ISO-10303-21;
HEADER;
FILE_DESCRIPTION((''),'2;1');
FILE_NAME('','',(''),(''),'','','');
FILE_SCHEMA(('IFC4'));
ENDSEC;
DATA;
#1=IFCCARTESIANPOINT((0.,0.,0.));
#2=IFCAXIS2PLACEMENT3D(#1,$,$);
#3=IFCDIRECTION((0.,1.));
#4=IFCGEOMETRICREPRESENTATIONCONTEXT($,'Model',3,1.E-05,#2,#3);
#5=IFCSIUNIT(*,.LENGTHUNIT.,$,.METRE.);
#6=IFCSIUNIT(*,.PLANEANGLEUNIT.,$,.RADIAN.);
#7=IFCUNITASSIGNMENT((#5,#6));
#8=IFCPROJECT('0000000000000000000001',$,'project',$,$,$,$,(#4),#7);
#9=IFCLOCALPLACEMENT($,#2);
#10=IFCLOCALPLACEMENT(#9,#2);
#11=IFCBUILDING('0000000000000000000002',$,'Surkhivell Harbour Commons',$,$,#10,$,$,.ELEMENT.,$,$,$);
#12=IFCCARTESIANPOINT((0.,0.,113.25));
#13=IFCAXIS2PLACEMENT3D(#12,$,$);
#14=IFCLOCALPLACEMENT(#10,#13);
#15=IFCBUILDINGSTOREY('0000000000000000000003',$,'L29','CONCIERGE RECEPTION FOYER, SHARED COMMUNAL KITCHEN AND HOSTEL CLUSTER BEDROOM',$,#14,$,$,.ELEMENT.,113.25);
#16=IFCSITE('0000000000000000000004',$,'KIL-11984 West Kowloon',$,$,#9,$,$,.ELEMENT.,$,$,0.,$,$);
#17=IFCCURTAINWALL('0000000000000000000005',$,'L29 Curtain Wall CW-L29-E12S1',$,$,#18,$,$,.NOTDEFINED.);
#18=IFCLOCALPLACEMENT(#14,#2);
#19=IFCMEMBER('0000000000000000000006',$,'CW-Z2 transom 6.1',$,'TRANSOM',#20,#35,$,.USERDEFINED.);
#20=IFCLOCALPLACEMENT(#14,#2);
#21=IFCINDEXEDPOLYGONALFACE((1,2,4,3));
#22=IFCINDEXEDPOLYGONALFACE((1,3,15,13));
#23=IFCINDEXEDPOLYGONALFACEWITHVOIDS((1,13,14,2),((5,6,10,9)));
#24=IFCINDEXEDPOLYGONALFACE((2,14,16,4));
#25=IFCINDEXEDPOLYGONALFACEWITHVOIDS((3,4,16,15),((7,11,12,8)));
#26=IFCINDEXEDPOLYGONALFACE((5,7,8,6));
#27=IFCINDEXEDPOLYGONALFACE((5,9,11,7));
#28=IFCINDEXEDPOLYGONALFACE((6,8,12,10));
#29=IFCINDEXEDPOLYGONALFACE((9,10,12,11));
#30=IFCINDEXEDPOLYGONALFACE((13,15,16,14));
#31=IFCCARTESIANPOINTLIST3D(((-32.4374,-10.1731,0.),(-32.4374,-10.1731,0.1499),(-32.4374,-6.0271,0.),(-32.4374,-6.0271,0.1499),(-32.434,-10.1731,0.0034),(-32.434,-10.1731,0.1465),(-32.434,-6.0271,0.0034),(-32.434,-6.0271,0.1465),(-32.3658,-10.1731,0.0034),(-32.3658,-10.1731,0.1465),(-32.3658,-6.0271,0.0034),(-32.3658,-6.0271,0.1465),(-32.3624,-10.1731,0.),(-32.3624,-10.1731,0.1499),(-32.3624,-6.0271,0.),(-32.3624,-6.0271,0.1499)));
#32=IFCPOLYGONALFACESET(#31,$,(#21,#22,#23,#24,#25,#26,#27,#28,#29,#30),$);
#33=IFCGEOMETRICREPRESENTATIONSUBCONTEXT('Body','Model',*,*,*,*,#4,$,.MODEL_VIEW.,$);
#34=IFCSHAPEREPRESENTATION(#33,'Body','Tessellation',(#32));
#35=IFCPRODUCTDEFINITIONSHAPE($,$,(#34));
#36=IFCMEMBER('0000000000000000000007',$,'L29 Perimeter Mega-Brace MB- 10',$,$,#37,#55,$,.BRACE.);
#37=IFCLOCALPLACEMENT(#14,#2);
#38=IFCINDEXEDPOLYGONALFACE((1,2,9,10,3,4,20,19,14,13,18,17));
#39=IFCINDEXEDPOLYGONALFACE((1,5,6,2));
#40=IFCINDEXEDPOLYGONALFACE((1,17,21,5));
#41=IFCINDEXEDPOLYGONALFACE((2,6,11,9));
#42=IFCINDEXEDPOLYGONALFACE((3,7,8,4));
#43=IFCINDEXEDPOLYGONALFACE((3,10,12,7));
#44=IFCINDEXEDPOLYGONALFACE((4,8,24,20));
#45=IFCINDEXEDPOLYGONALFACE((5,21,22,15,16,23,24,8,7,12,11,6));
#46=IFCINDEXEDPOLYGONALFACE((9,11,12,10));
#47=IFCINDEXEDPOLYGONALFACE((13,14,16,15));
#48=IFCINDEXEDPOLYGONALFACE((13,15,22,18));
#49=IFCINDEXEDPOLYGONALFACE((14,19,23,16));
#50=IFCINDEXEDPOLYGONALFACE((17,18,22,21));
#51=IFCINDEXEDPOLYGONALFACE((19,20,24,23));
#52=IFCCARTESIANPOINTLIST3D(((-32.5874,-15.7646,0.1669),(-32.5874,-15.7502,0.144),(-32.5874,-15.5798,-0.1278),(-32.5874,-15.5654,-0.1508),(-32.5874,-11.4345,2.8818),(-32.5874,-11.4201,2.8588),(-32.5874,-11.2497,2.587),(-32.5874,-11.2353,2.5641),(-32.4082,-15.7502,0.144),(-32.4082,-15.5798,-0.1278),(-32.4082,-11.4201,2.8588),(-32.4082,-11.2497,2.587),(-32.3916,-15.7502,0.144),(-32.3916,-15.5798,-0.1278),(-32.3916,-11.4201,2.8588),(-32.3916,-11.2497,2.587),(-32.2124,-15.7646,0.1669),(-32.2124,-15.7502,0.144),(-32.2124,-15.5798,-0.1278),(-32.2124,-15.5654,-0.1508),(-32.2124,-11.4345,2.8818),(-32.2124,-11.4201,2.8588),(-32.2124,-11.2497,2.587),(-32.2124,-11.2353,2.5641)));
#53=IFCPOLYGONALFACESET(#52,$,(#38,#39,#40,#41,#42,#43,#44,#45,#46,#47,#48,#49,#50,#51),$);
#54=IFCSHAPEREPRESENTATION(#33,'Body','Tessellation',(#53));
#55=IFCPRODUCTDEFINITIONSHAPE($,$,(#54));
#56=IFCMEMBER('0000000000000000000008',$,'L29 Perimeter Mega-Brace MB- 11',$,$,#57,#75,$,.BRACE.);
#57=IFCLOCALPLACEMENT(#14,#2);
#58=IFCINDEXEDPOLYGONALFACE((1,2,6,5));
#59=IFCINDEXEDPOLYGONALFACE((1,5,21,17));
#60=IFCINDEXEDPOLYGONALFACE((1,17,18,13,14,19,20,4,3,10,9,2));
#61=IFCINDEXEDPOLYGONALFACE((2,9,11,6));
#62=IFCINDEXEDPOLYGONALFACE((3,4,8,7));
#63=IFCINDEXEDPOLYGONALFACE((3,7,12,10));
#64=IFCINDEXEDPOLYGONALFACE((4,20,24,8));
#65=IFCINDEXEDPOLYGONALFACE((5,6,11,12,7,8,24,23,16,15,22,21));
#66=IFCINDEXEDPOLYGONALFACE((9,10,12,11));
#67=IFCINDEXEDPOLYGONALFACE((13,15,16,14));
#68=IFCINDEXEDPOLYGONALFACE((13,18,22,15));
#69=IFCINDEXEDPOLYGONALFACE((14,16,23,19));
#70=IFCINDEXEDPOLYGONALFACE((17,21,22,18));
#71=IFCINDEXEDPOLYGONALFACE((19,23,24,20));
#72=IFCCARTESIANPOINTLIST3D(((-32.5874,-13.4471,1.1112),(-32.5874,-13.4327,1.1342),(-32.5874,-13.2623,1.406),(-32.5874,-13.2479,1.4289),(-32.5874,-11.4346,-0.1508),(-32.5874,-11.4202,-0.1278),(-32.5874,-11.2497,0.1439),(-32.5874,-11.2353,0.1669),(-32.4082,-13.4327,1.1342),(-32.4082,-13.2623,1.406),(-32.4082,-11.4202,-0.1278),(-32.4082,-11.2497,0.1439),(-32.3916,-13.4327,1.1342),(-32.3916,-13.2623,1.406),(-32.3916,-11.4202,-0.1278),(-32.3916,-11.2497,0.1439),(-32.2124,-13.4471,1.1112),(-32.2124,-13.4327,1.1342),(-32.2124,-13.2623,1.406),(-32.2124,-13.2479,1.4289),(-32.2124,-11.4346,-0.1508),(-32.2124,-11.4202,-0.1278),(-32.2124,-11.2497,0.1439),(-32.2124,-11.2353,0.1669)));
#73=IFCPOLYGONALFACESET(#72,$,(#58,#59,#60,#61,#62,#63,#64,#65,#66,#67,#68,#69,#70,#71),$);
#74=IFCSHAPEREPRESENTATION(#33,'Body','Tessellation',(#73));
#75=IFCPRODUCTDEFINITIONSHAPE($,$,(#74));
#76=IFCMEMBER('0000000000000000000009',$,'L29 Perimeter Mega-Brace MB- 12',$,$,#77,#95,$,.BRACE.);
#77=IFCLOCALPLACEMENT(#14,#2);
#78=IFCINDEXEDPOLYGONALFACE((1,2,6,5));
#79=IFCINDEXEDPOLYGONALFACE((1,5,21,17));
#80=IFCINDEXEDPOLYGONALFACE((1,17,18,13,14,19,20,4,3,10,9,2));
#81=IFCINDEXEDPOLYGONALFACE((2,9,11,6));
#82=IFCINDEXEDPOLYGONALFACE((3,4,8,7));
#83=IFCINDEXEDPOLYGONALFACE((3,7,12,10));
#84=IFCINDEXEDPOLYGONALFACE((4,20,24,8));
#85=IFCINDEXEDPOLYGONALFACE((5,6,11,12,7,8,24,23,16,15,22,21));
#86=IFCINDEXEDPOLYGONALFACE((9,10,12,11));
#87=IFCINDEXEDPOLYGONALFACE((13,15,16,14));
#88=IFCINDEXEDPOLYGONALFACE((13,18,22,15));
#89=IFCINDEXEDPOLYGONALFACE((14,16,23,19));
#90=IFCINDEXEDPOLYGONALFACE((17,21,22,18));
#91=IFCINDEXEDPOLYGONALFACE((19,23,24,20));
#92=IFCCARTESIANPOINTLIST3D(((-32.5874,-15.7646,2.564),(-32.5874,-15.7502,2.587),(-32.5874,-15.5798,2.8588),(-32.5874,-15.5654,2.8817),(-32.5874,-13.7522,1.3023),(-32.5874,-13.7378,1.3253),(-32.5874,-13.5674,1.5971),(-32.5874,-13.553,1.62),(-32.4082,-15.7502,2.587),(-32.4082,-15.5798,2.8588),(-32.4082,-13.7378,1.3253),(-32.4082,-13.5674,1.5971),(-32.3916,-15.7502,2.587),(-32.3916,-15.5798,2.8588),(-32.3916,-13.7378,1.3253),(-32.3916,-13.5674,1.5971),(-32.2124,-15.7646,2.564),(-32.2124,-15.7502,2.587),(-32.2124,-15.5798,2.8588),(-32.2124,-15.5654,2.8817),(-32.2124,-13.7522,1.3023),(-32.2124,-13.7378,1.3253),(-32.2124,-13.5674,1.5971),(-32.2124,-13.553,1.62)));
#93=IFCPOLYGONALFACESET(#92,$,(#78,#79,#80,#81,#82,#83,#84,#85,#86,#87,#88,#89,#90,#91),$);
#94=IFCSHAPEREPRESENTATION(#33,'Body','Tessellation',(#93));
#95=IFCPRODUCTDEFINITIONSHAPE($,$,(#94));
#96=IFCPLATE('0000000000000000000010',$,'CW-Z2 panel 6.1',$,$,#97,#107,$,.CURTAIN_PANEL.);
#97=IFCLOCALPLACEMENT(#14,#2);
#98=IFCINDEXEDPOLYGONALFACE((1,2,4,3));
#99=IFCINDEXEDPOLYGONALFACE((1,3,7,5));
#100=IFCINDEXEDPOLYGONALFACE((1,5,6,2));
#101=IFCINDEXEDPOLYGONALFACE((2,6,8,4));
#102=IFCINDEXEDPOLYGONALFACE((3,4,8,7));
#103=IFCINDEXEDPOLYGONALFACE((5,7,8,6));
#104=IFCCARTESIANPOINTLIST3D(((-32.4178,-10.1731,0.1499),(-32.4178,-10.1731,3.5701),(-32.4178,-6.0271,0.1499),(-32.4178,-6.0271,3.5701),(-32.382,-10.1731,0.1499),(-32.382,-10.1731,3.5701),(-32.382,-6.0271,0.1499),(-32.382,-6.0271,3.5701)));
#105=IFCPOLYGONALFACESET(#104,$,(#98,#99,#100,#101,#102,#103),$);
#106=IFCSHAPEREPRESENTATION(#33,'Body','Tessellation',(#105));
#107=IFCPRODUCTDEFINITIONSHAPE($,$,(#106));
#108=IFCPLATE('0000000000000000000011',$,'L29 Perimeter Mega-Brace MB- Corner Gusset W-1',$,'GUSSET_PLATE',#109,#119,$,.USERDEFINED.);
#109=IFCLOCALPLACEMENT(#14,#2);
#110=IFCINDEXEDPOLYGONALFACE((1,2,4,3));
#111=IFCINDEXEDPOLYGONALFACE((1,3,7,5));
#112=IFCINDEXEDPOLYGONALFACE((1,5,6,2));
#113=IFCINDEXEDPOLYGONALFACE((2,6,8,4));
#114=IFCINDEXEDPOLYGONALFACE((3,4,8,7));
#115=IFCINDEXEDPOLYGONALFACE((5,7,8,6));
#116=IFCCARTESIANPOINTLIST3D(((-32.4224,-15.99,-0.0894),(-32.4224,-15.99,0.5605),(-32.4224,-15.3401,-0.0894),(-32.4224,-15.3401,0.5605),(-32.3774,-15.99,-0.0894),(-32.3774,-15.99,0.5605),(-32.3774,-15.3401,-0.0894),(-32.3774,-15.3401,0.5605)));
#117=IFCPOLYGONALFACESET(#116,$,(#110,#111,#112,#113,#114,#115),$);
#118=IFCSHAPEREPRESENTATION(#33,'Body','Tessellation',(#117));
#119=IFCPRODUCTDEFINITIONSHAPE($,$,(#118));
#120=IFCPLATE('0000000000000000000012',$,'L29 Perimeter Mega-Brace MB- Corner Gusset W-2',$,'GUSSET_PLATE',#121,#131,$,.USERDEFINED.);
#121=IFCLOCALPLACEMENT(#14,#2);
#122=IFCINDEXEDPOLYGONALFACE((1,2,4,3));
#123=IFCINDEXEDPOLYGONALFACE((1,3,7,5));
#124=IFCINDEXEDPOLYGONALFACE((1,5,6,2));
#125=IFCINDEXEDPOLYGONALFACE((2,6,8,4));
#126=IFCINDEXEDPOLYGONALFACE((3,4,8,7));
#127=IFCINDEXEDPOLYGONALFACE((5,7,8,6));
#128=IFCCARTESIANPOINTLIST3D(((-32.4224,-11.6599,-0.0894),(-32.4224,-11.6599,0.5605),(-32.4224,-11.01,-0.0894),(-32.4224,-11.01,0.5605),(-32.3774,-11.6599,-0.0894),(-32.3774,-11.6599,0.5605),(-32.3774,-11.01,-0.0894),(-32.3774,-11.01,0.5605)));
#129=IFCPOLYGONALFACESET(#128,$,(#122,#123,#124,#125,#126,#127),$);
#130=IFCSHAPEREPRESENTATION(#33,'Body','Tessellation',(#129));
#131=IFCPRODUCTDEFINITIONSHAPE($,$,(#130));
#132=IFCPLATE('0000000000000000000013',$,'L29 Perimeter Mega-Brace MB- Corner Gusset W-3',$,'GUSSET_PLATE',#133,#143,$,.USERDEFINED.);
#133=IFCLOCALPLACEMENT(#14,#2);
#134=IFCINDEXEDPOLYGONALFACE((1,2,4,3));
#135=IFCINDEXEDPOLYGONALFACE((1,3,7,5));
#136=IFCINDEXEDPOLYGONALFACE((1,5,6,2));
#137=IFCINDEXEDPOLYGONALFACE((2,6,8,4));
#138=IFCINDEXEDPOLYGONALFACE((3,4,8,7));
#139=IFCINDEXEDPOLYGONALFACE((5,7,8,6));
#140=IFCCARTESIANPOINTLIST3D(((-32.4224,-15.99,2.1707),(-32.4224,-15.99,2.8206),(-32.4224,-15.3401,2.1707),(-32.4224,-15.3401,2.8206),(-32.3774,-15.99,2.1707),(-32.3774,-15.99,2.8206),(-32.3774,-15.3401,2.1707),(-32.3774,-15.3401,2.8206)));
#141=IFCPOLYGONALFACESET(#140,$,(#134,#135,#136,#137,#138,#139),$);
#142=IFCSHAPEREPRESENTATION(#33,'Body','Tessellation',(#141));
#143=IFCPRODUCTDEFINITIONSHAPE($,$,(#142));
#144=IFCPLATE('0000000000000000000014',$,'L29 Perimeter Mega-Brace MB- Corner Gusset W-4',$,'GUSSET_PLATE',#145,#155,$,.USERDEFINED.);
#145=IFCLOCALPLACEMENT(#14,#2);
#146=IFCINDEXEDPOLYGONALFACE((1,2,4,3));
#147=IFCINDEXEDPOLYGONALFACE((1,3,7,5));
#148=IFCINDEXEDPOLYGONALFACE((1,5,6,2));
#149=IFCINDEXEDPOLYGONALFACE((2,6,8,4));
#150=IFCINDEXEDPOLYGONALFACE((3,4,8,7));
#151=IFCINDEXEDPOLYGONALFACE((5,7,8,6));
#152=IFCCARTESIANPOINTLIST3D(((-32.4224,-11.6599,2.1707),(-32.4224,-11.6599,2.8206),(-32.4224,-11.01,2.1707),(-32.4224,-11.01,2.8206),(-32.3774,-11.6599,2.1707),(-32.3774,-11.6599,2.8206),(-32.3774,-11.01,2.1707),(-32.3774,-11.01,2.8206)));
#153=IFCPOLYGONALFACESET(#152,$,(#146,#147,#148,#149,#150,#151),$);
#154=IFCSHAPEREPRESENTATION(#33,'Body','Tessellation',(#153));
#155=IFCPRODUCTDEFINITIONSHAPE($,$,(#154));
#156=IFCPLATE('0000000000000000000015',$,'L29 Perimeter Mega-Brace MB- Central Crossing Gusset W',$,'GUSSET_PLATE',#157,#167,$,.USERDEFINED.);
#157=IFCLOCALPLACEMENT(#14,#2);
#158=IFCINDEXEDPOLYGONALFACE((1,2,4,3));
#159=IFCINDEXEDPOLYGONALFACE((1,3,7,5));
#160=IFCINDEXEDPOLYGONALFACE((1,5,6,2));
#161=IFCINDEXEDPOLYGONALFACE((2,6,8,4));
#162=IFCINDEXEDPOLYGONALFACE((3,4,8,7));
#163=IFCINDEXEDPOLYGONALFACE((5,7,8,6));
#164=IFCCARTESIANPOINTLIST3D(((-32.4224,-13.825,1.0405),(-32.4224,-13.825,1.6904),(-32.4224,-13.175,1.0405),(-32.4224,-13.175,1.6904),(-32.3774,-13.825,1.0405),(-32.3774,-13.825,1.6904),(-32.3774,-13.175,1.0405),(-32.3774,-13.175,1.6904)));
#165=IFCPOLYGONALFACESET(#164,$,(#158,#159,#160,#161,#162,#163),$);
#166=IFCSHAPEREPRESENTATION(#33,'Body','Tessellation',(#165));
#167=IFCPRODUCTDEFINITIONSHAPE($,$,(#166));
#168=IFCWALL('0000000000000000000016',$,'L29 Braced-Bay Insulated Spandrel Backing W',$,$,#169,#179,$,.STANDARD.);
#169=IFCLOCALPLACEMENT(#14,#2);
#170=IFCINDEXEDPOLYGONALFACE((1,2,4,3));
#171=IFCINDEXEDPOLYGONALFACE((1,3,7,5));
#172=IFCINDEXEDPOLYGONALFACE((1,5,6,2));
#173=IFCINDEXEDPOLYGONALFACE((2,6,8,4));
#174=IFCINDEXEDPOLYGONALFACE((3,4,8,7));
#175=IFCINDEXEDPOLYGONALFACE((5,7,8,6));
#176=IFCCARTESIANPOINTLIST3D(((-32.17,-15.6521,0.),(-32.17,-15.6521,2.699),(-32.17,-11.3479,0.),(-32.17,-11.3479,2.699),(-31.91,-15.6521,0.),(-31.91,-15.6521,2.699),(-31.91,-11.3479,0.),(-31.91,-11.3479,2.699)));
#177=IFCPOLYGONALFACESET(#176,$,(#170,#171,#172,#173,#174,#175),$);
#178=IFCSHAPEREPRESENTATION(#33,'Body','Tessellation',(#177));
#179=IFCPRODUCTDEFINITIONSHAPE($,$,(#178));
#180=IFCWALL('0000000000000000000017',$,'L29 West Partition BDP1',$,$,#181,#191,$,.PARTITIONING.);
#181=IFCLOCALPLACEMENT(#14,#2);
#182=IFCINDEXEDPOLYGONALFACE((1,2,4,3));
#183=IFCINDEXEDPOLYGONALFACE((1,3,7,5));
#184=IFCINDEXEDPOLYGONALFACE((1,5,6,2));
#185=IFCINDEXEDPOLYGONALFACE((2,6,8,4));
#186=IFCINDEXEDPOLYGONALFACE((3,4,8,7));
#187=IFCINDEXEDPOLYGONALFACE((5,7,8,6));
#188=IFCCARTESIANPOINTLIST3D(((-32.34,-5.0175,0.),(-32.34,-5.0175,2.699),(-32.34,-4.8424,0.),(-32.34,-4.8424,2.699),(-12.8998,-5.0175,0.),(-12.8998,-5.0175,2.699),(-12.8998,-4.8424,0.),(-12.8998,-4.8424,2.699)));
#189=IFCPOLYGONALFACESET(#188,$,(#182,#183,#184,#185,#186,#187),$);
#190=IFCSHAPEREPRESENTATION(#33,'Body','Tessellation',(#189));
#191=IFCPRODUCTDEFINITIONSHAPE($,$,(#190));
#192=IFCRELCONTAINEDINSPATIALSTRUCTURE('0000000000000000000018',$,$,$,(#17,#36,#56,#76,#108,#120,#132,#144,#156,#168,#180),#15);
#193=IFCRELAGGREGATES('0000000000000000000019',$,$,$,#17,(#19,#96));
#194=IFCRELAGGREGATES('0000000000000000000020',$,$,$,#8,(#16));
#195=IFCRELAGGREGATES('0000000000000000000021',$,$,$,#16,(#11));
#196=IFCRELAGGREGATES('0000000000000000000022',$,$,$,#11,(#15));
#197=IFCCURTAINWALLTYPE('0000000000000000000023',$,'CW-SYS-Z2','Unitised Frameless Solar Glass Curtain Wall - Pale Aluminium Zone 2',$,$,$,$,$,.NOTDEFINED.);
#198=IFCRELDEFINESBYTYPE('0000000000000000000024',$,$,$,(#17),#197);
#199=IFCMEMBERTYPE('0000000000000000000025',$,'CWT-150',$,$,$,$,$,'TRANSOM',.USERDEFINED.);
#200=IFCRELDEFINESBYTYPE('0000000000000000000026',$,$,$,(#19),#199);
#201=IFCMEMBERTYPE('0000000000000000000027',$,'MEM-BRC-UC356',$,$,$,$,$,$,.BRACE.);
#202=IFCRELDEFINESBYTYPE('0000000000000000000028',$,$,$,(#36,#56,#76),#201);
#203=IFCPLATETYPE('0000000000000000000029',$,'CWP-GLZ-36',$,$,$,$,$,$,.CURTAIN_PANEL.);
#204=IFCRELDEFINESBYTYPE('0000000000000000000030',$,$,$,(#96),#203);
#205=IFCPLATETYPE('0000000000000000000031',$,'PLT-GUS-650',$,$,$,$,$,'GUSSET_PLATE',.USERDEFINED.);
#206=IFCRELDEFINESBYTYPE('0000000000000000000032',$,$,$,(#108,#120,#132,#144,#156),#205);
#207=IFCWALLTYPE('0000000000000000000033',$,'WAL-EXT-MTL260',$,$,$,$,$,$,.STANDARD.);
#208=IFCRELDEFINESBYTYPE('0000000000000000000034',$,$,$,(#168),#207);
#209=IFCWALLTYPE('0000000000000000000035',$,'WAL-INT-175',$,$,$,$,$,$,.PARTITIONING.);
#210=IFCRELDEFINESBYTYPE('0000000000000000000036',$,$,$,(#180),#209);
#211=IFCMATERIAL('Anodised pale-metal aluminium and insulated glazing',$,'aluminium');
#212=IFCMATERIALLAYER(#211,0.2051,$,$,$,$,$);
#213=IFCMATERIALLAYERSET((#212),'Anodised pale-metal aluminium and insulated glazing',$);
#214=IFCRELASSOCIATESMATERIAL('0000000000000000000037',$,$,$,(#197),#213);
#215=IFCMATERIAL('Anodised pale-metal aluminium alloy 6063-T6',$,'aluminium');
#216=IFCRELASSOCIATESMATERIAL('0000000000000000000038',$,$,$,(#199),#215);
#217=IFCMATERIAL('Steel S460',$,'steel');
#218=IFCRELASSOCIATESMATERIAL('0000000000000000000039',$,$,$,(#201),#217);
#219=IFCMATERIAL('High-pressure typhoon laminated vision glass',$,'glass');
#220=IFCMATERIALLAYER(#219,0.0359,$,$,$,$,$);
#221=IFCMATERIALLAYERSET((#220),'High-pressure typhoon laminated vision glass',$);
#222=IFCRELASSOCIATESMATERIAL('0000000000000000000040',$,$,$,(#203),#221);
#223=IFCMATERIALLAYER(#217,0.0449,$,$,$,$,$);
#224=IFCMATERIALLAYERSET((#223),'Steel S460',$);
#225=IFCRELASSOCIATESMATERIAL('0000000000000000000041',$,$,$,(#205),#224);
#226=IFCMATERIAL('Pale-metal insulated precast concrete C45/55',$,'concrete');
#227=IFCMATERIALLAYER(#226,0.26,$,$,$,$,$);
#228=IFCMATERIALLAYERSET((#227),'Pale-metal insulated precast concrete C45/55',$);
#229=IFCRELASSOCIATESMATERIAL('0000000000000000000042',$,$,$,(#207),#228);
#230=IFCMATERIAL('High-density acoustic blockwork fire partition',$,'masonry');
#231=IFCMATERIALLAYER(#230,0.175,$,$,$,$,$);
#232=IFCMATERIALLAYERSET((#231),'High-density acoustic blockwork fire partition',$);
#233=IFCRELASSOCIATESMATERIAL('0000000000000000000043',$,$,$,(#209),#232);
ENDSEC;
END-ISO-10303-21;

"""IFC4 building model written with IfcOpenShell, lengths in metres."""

from ifc_helpers import new_model, si_unit, direction, frame, frame_2d, origin, origin_2d, place, context, subcontext, project, spatial, rectangle, hollow_rectangle, i_section, extrude, material, layer, layer_set, material_profile, profile_set, type_object, element, aggregate, save


model = new_model("IFC4")

# Units and contexts
model_context = context("Model", 3, precision=1e-05, world=origin(), true_north=direction((0.0, 1.0)))
body_context = subcontext(model_context, "Body", "Model", "MODEL_VIEW")
ifc_project = project(units=[si_unit("LENGTHUNIT", "METRE"), si_unit("PLANEANGLEUNIT", "RADIAN")], contexts=[model_context])

# Site, building, storey
site_placement = place(None, origin())
site = spatial("IfcSite", under=ifc_project, at=site_placement, Name="KIL-11984 West Kowloon", CompositionType="ELEMENT", RefElevation=0.0)
building_placement = place(site_placement, origin())
building = spatial("IfcBuilding", under=site, at=building_placement, Name="Surkhivell Harbour Commons", CompositionType="ELEMENT")
storey_placement = place(building_placement, frame((0.0, 0.0, 113.25)))
storey = spatial("IfcBuildingStorey", under=building, at=storey_placement, Name="L29", Description="CONCIERGE RECEPTION FOYER, SHARED COMMUNAL KITCHEN AND HOSTEL CLUSTER BEDROOM", CompositionType="ELEMENT", Elevation=113.25)

# Shared definitions
ifc_material_1 = material(Name="Steel S460", Category="steel")

# Curtain wall, member
ifc_material_2 = material(Name="Anodised pale-metal aluminium and insulated glazing", Category="aluminium")
ifc_layer_1 = layer(ifc_material_2, 0.2051)
ifc_layer_set_1 = layer_set([ifc_layer_1], Name="Anodised pale-metal aluminium and insulated glazing")
curtain_wall_type = type_object("IfcCurtainWallType", Name="CW-SYS-Z2", Description="Unitised Frameless Solar Glass Curtain Wall - Pale Aluminium Zone 2", PredefinedType="NOTDEFINED", material=ifc_layer_set_1)
curtain_wall_placement = place(storey_placement, origin())
curtain_wall = element("IfcCurtainWall", 1, at=curtain_wall_placement, inside=storey, type_object=curtain_wall_type, Name="L29 Curtain Wall CW-L29-E12S1", PredefinedType="NOTDEFINED")
ifc_material_3 = material(Name="Anodised pale-metal aluminium alloy 6063-T6", Category="aluminium")
ifc_material_profile_1 = material_profile(ifc_material_3, hollow_rectangle(XDim=0.075, YDim=0.1499, WallThickness=0.0034, at=origin_2d()), Name="ALU-TRAN-75x150")
ifc_profile_set_1 = profile_set([ifc_material_profile_1], Name="Anodised pale-metal aluminium alloy 6063-T6")
member_type_1 = type_object("IfcMemberType", Name="CWT-150", ElementType="TRANSOM", PredefinedType="USERDEFINED", material=ifc_profile_set_1)
member_1_placement = place(storey_placement, frame((-32.3999, -6.0271, 0.075), z_axis=(0.0, -1.0, 0.0), x_axis=(1.0, 0.0, 0.0)))
member_1 = element("IfcMember", 2, at=member_1_placement, type_object=member_type_1, Name="CW-Z2 transom 6.1", ObjectType="TRANSOM", PredefinedType="USERDEFINED", context=body_context, shape_type="SweptSolid", body=[
    extrude(hollow_rectangle(XDim=0.075, YDim=0.1499, WallThickness=0.0034, at=origin_2d()), origin(), (0.0, 0.0, 1.0), 4.146),
])

# Members
ifc_material_profile_2 = material_profile(ifc_material_1, i_section(OverallWidth=0.375, OverallDepth=0.375, WebThickness=0.0166, FlangeThickness=0.0271, at=origin_2d()), Name="UC356x368x202")
ifc_profile_set_2 = profile_set([ifc_material_profile_2], Name="Steel S460")
member_type_2 = type_object("IfcMemberType", Name="MEM-BRC-UC356", PredefinedType="BRACE", material=ifc_profile_set_2)
member_2_placement = place(storey_placement, frame((-32.3999, -15.665, 0.0081), z_axis=(0.0, 0.847246, 0.531201), x_axis=(-1.0, 0.0, 0.0)))
element("IfcMember", 3, at=member_2_placement, inside=storey, type_object=member_type_2, Name="L29 Perimeter Mega-Brace MB- 10", PredefinedType="BRACE", context=body_context, shape_type="SweptSolid", body=[
    extrude(i_section(OverallWidth=0.375, OverallDepth=0.375, WebThickness=0.0166, FlangeThickness=0.0271, at=origin_2d()), origin(), (0.0, 0.0, 1.0), 5.1108),
])
member_3_placement = place(storey_placement, frame((-32.3999, -11.335, 0.0081), z_axis=(0.0, -0.847206, 0.531264), x_axis=(1.0, 0.0, 0.0)))
element("IfcMember", 4, at=member_3_placement, inside=storey, type_object=member_type_2, Name="L29 Perimeter Mega-Brace MB- 11", PredefinedType="BRACE", context=body_context, shape_type="SweptSolid", body=[
    extrude(i_section(OverallWidth=0.375, OverallDepth=0.375, WebThickness=0.0166, FlangeThickness=0.0271, at=origin_2d()), origin(), (0.0, 0.0, 1.0), 2.3755),
])
member_4_placement = place(storey_placement, frame((-32.3999, -13.6526, 1.4612), z_axis=(0.0, -0.847253, 0.53119), x_axis=(1.0, 0.0, 0.0)))
element("IfcMember", 5, at=member_4_placement, inside=storey, type_object=member_type_2, Name="L29 Perimeter Mega-Brace MB- 12", PredefinedType="BRACE", context=body_context, shape_type="SweptSolid", body=[
    extrude(i_section(OverallWidth=0.375, OverallDepth=0.375, WebThickness=0.0166, FlangeThickness=0.0271, at=origin_2d()), origin(), (0.0, 0.0, 1.0), 2.3752),
])

# Plate
ifc_material_4 = material(Name="High-pressure typhoon laminated vision glass", Category="glass")
ifc_layer_2 = layer(ifc_material_4, 0.0359)
ifc_layer_set_2 = layer_set([ifc_layer_2], Name="High-pressure typhoon laminated vision glass")
plate_type_1 = type_object("IfcPlateType", Name="CWP-GLZ-36", PredefinedType="CURTAIN_PANEL", material=ifc_layer_set_2)
plate_placement = place(storey_placement, frame((-32.3999, -6.0271, 0.1499), z_axis=(0.0, 0.0, 1.0), x_axis=(0.0, -1.0, 0.0)))
plate = element("IfcPlate", 6, at=plate_placement, type_object=plate_type_1, Name="CW-Z2 panel 6.1", PredefinedType="CURTAIN_PANEL", context=body_context, shape_type="SweptSolid", body=[
    extrude(rectangle(XDim=4.146, YDim=0.0359, at=frame_2d((2.073, 0.0))), origin(), (0.0, 0.0, 1.0), 3.4202),
])
aggregate(curtain_wall, [member_1, plate])

# Plates
ifc_layer_3 = layer(ifc_material_1, 0.0449)
ifc_layer_set_3 = layer_set([ifc_layer_3], Name="Steel S460")
plate_type_2 = type_object("IfcPlateType", Name="PLT-GUS-650", ElementType="GUSSET_PLATE", PredefinedType="USERDEFINED", material=ifc_layer_set_3)
for number, where, z_axis, x_axis, name in (
    (7, (-32.3999, -15.665, -0.0894), (0.0, 0.0, 1.0), (0.0, 1.0, 0.0), "L29 Perimeter Mega-Brace MB- Corner Gusset W-1"),
    (8, (-32.3999, -11.335, -0.0894), (0.0, 0.0, 1.0), (0.0, 1.0, 0.0), "L29 Perimeter Mega-Brace MB- Corner Gusset W-2"),
    (9, (-32.3999, -15.665, 2.1707), (0.0, 0.0, 1.0), (0.0, 1.0, 0.0), "L29 Perimeter Mega-Brace MB- Corner Gusset W-3"),
    (10, (-32.3999, -11.335, 2.1707), (0.0, 0.0, 1.0), (0.0, 1.0, 0.0), "L29 Perimeter Mega-Brace MB- Corner Gusset W-4"),
    (11, (-32.3999, -13.5, 1.0405), (0.0, 0.0, 1.0), (0.0, 1.0, 0.0), "L29 Perimeter Mega-Brace MB- Central Crossing Gusset W"),
):
    element("IfcPlate", number, at=place(storey_placement, frame(where, z_axis=z_axis, x_axis=x_axis)), inside=storey, type_object=plate_type_2, Name=name, ObjectType="GUSSET_PLATE", PredefinedType="USERDEFINED", context=body_context, shape_type="SweptSolid", body=[
        extrude(rectangle(XDim=0.6499, YDim=0.0449, at=origin_2d()), origin(), (0.0, 0.0, 1.0), 0.6499),
    ])

# Walls
ifc_material_5 = material(Name="Pale-metal insulated precast concrete C45/55", Category="concrete")
ifc_layer_4 = layer(ifc_material_5, 0.26)
ifc_layer_set_4 = layer_set([ifc_layer_4], Name="Pale-metal insulated precast concrete C45/55")
wall_type_1 = type_object("IfcWallType", Name="WAL-EXT-MTL260", PredefinedType="STANDARD", material=ifc_layer_set_4)
wall_placement = place(storey_placement, frame((-32.04, -11.3479, 0.0), z_axis=(0.0, 0.0, 1.0), x_axis=(0.0, -1.0, 0.0)))
element("IfcWall", 12, at=wall_placement, inside=storey, type_object=wall_type_1, Name="L29 Braced-Bay Insulated Spandrel Backing W", PredefinedType="STANDARD", context=body_context, shape_type="SweptSolid", body=[
    extrude(rectangle(XDim=4.3042, YDim=0.26, at=frame_2d((2.1521, 0.0))), origin(), (0.0, 0.0, 1.0), 2.699),
])
ifc_material_6 = material(Name="High-density acoustic blockwork fire partition", Category="masonry")
ifc_layer_5 = layer(ifc_material_6, 0.175)
ifc_layer_set_5 = layer_set([ifc_layer_5], Name="High-density acoustic blockwork fire partition")
wall_type_2 = type_object("IfcWallType", Name="WAL-INT-175", PredefinedType="PARTITIONING", material=ifc_layer_set_5)
for number, where, z_axis, x_axis, name in (
    (13, (-32.3401, -4.9299, 0.0), (0.0, 0.0, 1.0), (1.0, 0.0, 0.0), "L29 West Partition BDP1"),
):
    element("IfcWall", number, at=place(storey_placement, frame(where, z_axis=z_axis, x_axis=x_axis)), inside=storey, type_object=wall_type_2, Name=name, PredefinedType="PARTITIONING", context=body_context, shape_type="SweptSolid", body=[
        extrude(rectangle(XDim=19.4402, YDim=0.175, at=frame_2d((9.7202, 0.0))), origin(), (0.0, 0.0, 1.0), 2.699),
    ])

save(model, "model.ifc")
